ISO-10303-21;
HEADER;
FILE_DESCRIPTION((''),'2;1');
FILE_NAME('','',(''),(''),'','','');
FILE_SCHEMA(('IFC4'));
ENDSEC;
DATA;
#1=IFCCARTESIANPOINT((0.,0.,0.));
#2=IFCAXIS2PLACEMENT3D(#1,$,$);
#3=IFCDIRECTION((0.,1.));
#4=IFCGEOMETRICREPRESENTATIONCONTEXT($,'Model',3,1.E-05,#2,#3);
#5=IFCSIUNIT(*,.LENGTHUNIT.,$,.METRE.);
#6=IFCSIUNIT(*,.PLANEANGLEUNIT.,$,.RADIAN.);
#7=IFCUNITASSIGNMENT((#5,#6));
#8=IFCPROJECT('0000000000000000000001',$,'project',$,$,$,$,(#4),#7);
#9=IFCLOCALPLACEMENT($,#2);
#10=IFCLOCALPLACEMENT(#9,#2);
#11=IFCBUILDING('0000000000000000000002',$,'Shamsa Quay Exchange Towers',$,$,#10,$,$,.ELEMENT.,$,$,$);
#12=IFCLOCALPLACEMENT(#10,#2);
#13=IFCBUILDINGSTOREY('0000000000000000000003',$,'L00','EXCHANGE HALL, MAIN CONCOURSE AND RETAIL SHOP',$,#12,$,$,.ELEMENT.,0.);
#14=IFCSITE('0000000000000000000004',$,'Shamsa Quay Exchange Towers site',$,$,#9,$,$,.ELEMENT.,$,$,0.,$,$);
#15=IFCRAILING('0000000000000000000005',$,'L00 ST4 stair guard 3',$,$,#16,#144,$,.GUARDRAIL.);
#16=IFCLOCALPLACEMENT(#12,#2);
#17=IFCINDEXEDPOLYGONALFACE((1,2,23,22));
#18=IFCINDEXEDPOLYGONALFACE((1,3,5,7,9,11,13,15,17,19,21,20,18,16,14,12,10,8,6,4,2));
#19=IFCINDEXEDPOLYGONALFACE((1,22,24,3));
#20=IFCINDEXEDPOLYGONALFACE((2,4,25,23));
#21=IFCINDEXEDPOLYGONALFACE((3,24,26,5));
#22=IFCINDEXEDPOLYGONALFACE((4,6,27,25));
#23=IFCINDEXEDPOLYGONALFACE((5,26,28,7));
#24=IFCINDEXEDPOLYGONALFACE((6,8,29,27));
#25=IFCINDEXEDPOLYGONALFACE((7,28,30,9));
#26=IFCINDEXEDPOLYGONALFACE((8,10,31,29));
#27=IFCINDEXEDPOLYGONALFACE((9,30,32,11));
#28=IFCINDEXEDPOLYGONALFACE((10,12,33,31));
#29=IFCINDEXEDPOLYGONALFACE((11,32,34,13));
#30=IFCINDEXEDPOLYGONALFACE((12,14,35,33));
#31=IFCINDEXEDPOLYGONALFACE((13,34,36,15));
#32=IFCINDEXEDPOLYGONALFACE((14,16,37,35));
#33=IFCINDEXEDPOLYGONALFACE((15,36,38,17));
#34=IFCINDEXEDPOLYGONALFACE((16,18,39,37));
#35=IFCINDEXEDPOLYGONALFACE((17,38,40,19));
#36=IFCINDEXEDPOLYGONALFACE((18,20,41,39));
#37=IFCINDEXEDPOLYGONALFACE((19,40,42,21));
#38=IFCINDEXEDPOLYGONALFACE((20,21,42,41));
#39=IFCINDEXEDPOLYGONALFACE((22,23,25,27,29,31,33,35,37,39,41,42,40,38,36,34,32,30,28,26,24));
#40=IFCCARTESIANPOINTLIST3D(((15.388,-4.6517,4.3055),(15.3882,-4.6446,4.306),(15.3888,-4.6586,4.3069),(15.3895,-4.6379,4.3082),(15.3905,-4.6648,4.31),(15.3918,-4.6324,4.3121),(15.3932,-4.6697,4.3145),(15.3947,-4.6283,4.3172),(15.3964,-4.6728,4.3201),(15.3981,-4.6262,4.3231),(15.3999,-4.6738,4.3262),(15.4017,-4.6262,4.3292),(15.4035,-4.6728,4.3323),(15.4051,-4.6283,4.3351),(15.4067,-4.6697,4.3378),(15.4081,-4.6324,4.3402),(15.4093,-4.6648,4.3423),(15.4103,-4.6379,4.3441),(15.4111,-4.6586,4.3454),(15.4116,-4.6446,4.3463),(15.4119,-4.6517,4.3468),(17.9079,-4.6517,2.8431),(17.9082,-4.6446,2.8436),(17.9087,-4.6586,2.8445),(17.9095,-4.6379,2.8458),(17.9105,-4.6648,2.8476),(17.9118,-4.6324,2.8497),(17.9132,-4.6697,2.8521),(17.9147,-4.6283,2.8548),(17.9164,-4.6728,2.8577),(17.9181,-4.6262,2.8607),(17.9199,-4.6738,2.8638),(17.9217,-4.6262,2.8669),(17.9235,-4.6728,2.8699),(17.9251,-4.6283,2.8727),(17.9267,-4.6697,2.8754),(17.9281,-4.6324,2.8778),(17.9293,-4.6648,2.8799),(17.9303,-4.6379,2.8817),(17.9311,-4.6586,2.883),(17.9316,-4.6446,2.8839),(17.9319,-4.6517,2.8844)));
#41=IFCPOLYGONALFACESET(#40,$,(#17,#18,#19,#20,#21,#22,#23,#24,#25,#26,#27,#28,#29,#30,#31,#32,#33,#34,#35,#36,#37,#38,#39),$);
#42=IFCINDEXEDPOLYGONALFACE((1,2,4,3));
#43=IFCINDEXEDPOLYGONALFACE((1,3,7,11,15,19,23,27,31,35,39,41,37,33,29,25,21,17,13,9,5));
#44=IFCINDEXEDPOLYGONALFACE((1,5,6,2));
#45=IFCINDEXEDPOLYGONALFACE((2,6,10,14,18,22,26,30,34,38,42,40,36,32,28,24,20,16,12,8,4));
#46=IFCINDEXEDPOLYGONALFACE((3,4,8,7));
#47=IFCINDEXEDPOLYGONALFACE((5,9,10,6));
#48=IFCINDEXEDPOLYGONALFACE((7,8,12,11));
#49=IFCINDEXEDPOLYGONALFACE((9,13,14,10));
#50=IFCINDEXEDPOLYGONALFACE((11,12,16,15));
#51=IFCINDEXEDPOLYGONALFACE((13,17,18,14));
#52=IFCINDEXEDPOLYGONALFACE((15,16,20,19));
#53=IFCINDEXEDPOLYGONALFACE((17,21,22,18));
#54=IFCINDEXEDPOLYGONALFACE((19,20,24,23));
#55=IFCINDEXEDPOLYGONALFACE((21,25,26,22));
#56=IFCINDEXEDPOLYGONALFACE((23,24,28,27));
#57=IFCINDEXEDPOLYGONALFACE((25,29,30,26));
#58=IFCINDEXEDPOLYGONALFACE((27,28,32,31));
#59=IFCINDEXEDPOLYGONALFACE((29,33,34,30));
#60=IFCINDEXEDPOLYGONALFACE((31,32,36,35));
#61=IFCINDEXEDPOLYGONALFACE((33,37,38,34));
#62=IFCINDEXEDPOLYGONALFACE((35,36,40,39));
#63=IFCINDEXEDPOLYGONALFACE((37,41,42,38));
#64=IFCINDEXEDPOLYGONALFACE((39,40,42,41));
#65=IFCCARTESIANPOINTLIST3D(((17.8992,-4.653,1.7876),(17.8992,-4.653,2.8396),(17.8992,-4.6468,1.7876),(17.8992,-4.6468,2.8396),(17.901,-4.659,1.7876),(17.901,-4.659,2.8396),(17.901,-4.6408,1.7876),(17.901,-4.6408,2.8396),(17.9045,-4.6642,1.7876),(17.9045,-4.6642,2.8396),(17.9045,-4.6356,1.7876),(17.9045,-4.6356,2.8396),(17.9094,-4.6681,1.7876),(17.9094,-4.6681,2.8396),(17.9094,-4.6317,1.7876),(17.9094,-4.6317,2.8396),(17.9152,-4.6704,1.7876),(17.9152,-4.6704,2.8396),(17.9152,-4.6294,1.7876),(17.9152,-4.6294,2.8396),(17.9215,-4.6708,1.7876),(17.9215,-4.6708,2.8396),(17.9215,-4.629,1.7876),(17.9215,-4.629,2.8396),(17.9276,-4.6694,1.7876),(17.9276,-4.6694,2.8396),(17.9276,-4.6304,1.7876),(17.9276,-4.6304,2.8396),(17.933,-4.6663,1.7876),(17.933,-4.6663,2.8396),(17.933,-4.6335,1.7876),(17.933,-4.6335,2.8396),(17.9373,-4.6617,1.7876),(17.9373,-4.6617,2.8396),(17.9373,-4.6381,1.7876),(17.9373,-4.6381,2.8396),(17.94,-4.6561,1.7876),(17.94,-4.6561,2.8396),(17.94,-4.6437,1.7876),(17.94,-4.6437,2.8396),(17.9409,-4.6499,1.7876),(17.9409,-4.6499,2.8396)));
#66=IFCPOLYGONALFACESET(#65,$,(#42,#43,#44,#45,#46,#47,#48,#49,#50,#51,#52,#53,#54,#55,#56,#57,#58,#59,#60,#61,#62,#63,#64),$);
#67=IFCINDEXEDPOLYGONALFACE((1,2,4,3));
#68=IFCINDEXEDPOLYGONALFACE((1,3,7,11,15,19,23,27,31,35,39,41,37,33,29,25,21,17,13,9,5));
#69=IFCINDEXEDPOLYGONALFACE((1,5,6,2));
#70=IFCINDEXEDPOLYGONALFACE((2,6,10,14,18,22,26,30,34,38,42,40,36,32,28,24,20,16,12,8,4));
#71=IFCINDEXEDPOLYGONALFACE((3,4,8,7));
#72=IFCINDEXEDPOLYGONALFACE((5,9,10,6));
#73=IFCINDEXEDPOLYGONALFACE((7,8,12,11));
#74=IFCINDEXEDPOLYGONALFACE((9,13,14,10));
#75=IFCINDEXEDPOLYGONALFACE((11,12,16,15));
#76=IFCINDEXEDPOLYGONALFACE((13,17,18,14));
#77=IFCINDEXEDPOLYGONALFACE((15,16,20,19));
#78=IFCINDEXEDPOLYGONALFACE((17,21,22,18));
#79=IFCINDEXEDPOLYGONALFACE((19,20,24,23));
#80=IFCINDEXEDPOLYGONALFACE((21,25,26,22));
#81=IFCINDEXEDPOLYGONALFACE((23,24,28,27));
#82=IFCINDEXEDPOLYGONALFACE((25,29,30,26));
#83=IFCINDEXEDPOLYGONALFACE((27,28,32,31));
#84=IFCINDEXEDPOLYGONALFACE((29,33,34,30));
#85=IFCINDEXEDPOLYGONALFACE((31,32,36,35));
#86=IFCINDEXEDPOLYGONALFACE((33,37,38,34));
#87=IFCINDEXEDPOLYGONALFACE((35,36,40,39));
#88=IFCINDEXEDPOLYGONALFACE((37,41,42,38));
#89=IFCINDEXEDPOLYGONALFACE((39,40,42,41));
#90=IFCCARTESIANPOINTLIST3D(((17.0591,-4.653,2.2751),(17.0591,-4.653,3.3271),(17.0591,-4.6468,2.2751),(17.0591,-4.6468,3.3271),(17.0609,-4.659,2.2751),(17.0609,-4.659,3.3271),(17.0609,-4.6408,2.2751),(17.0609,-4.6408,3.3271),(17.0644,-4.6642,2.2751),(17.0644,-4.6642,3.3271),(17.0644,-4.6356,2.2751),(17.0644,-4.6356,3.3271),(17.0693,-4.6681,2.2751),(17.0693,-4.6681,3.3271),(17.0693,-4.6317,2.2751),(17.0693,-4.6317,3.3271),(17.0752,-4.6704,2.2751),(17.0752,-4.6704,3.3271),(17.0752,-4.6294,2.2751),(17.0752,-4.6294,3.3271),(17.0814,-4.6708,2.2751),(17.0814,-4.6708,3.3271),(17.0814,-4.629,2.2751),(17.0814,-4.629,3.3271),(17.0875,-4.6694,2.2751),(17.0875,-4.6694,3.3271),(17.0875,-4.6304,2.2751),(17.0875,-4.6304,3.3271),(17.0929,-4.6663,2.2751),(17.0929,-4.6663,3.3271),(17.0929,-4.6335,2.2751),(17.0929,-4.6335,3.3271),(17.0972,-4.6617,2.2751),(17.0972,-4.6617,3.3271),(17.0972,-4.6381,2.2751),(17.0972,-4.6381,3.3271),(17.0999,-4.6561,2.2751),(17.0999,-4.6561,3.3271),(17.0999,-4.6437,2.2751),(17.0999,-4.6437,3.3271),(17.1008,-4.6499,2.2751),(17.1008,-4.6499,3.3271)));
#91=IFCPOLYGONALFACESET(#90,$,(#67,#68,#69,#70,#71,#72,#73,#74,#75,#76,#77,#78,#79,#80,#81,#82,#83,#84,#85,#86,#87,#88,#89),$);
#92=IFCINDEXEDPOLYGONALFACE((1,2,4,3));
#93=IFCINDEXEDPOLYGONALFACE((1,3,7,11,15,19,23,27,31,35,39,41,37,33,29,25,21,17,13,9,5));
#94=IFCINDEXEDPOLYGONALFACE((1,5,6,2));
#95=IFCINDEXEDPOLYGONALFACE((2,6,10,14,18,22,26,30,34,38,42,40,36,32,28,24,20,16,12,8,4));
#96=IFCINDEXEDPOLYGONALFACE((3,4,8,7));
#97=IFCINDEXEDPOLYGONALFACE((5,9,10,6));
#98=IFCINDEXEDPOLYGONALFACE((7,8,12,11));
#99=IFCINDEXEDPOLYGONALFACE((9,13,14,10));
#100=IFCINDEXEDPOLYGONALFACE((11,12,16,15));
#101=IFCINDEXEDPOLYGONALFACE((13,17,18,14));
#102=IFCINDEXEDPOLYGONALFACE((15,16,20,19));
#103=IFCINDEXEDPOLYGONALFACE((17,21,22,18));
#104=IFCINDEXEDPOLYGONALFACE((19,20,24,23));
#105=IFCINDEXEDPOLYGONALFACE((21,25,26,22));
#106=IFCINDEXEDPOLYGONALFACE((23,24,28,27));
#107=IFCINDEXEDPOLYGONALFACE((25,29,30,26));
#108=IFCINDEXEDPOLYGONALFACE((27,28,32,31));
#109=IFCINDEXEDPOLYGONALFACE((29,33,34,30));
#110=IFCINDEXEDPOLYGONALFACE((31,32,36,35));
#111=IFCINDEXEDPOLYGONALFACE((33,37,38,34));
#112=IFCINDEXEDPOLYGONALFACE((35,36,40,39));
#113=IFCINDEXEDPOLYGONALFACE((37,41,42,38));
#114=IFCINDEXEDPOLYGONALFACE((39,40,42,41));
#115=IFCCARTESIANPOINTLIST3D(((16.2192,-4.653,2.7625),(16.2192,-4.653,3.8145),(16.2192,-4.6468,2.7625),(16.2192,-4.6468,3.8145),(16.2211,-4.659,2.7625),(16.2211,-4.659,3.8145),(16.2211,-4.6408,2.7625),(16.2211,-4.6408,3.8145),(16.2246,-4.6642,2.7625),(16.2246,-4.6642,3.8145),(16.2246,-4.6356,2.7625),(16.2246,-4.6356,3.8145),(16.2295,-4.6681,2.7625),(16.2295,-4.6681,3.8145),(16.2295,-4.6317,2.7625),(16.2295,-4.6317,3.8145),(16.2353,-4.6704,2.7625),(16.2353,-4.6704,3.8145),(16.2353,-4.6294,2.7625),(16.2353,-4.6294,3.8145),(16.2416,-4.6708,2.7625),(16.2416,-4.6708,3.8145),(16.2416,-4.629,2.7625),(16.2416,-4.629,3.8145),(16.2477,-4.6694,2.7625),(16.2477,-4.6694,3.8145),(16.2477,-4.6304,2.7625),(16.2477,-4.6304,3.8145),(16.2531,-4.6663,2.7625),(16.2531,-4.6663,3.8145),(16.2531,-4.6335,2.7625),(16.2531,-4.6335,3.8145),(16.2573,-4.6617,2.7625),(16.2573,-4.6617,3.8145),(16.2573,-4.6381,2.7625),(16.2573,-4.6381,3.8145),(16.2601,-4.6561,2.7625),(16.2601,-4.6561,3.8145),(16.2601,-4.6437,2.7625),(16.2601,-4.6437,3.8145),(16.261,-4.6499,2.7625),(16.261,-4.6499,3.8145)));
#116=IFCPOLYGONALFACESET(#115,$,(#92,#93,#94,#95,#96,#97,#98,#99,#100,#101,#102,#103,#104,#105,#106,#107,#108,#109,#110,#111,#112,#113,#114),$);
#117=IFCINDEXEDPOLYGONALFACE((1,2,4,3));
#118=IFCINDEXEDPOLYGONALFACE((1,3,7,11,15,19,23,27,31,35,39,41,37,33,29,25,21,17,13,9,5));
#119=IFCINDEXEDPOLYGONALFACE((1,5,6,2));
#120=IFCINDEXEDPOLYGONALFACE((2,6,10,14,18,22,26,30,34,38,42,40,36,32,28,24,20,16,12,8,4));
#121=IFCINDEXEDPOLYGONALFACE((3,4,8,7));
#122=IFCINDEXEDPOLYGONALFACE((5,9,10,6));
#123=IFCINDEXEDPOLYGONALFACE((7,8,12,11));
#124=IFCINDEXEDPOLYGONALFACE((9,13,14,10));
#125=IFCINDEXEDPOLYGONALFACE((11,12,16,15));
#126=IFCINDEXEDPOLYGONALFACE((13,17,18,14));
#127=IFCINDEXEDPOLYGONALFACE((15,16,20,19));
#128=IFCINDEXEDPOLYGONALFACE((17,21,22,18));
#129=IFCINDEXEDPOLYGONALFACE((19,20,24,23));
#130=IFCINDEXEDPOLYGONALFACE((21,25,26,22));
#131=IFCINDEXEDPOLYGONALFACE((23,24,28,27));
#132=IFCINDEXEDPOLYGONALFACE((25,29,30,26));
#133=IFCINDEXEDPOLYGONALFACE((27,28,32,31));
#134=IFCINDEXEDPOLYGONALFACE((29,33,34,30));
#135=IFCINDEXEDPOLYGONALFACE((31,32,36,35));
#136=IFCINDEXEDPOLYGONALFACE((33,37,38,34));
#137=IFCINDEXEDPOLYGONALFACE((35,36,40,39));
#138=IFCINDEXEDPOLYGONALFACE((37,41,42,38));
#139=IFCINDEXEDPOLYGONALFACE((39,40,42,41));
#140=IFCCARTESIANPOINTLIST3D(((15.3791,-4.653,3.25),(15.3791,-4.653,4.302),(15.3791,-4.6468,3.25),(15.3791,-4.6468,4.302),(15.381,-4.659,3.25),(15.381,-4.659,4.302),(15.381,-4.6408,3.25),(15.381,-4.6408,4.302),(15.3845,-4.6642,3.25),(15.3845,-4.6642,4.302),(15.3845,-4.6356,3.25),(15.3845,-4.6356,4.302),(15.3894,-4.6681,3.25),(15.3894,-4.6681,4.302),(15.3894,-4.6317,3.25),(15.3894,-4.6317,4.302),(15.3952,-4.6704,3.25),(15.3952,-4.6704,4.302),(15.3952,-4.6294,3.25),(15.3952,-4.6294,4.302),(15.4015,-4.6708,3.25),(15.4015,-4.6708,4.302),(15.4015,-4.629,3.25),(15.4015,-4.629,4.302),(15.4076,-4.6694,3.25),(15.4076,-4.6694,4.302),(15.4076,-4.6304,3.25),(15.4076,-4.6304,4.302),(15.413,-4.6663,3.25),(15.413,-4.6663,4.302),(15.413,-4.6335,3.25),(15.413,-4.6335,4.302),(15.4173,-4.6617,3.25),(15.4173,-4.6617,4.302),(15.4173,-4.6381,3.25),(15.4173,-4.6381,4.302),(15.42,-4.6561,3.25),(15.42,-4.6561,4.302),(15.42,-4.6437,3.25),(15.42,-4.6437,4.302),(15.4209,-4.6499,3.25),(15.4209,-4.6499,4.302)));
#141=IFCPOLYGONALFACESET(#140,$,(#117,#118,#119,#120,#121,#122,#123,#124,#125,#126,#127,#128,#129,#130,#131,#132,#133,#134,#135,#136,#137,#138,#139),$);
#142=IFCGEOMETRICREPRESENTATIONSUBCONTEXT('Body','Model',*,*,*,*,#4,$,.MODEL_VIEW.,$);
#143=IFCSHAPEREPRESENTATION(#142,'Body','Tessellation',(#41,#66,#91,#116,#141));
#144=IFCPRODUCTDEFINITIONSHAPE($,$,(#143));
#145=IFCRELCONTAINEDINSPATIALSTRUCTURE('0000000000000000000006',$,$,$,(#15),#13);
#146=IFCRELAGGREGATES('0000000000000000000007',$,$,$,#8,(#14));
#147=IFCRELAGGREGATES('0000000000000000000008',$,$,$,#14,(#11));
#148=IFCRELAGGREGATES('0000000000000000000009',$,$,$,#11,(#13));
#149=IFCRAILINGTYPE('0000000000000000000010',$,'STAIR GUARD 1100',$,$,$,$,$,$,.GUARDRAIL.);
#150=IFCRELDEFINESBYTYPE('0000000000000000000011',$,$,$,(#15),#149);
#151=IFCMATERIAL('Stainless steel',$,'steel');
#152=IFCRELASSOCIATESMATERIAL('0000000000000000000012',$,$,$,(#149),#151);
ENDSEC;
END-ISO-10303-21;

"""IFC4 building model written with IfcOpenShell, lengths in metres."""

from ifc_helpers import new_model, si_unit, direction, frame, origin, origin_2d, place, context, subcontext, project, spatial, circle, extrude, material, type_object, element, save


model = new_model("IFC4")

# Units and contexts
model_context = context("Model", 3, precision=1e-05, world=origin(), true_north=direction((0.0, 1.0)))
body_context = subcontext(model_context, "Body", "Model", "MODEL_VIEW")
ifc_project = project(units=[si_unit("LENGTHUNIT", "METRE"), si_unit("PLANEANGLEUNIT", "RADIAN")], contexts=[model_context])

# Site, building, storey
site_placement = place(None, origin())
site = spatial("IfcSite", under=ifc_project, at=site_placement, Name="Shamsa Quay Exchange Towers site", CompositionType="ELEMENT", RefElevation=0.0)
building_placement = place(site_placement, origin())
building = spatial("IfcBuilding", under=site, at=building_placement, Name="Shamsa Quay Exchange Towers", CompositionType="ELEMENT")
storey_placement = place(building_placement, origin())
storey = spatial("IfcBuildingStorey", under=building, at=storey_placement, Name="L00", Description="EXCHANGE HALL, MAIN CONCOURSE AND RETAIL SHOP", CompositionType="ELEMENT", Elevation=0.0)

# Railing
ifc_material_1 = material(Name="Stainless steel", Category="steel")
railing_type_1 = type_object("IfcRailingType", Name="STAIR GUARD 1100", PredefinedType="GUARDRAIL", material=ifc_material_1)
railing_1_placement = place(storey_placement, frame((17.9199, -4.6499, 1.7876)))
element("IfcRailing", 1, at=railing_1_placement, inside=storey, type_object=railing_type_1, Name="L00 ST4 stair guard 3", PredefinedType="GUARDRAIL", context=body_context, shape_type="SweptSolid", body=[
    extrude(circle(Radius=0.0239, at=origin_2d()), frame((0.0, 0.0, 1.0762), z_axis=(-0.864913, 0.0, 0.501921), x_axis=(0.0, -1.0, 0.0)), (0.0, 0.0, 1.0), 2.9136),
    extrude(circle(Radius=0.021, at=origin_2d()), origin(), (0.0, 0.0, 1.0), 1.052),
    extrude(circle(Radius=0.021, at=origin_2d()), frame((-0.8401, 0.0, 0.4875)), (0.0, 0.0, 1.0), 1.052),
    extrude(circle(Radius=0.021, at=origin_2d()), frame((-1.6799, 0.0, 0.9749)), (0.0, 0.0, 1.0), 1.052),
    extrude(circle(Radius=0.021, at=origin_2d()), frame((-2.52, 0.0, 1.4624)), (0.0, 0.0, 1.0), 1.052),
])

save(model, "model.ifc")
